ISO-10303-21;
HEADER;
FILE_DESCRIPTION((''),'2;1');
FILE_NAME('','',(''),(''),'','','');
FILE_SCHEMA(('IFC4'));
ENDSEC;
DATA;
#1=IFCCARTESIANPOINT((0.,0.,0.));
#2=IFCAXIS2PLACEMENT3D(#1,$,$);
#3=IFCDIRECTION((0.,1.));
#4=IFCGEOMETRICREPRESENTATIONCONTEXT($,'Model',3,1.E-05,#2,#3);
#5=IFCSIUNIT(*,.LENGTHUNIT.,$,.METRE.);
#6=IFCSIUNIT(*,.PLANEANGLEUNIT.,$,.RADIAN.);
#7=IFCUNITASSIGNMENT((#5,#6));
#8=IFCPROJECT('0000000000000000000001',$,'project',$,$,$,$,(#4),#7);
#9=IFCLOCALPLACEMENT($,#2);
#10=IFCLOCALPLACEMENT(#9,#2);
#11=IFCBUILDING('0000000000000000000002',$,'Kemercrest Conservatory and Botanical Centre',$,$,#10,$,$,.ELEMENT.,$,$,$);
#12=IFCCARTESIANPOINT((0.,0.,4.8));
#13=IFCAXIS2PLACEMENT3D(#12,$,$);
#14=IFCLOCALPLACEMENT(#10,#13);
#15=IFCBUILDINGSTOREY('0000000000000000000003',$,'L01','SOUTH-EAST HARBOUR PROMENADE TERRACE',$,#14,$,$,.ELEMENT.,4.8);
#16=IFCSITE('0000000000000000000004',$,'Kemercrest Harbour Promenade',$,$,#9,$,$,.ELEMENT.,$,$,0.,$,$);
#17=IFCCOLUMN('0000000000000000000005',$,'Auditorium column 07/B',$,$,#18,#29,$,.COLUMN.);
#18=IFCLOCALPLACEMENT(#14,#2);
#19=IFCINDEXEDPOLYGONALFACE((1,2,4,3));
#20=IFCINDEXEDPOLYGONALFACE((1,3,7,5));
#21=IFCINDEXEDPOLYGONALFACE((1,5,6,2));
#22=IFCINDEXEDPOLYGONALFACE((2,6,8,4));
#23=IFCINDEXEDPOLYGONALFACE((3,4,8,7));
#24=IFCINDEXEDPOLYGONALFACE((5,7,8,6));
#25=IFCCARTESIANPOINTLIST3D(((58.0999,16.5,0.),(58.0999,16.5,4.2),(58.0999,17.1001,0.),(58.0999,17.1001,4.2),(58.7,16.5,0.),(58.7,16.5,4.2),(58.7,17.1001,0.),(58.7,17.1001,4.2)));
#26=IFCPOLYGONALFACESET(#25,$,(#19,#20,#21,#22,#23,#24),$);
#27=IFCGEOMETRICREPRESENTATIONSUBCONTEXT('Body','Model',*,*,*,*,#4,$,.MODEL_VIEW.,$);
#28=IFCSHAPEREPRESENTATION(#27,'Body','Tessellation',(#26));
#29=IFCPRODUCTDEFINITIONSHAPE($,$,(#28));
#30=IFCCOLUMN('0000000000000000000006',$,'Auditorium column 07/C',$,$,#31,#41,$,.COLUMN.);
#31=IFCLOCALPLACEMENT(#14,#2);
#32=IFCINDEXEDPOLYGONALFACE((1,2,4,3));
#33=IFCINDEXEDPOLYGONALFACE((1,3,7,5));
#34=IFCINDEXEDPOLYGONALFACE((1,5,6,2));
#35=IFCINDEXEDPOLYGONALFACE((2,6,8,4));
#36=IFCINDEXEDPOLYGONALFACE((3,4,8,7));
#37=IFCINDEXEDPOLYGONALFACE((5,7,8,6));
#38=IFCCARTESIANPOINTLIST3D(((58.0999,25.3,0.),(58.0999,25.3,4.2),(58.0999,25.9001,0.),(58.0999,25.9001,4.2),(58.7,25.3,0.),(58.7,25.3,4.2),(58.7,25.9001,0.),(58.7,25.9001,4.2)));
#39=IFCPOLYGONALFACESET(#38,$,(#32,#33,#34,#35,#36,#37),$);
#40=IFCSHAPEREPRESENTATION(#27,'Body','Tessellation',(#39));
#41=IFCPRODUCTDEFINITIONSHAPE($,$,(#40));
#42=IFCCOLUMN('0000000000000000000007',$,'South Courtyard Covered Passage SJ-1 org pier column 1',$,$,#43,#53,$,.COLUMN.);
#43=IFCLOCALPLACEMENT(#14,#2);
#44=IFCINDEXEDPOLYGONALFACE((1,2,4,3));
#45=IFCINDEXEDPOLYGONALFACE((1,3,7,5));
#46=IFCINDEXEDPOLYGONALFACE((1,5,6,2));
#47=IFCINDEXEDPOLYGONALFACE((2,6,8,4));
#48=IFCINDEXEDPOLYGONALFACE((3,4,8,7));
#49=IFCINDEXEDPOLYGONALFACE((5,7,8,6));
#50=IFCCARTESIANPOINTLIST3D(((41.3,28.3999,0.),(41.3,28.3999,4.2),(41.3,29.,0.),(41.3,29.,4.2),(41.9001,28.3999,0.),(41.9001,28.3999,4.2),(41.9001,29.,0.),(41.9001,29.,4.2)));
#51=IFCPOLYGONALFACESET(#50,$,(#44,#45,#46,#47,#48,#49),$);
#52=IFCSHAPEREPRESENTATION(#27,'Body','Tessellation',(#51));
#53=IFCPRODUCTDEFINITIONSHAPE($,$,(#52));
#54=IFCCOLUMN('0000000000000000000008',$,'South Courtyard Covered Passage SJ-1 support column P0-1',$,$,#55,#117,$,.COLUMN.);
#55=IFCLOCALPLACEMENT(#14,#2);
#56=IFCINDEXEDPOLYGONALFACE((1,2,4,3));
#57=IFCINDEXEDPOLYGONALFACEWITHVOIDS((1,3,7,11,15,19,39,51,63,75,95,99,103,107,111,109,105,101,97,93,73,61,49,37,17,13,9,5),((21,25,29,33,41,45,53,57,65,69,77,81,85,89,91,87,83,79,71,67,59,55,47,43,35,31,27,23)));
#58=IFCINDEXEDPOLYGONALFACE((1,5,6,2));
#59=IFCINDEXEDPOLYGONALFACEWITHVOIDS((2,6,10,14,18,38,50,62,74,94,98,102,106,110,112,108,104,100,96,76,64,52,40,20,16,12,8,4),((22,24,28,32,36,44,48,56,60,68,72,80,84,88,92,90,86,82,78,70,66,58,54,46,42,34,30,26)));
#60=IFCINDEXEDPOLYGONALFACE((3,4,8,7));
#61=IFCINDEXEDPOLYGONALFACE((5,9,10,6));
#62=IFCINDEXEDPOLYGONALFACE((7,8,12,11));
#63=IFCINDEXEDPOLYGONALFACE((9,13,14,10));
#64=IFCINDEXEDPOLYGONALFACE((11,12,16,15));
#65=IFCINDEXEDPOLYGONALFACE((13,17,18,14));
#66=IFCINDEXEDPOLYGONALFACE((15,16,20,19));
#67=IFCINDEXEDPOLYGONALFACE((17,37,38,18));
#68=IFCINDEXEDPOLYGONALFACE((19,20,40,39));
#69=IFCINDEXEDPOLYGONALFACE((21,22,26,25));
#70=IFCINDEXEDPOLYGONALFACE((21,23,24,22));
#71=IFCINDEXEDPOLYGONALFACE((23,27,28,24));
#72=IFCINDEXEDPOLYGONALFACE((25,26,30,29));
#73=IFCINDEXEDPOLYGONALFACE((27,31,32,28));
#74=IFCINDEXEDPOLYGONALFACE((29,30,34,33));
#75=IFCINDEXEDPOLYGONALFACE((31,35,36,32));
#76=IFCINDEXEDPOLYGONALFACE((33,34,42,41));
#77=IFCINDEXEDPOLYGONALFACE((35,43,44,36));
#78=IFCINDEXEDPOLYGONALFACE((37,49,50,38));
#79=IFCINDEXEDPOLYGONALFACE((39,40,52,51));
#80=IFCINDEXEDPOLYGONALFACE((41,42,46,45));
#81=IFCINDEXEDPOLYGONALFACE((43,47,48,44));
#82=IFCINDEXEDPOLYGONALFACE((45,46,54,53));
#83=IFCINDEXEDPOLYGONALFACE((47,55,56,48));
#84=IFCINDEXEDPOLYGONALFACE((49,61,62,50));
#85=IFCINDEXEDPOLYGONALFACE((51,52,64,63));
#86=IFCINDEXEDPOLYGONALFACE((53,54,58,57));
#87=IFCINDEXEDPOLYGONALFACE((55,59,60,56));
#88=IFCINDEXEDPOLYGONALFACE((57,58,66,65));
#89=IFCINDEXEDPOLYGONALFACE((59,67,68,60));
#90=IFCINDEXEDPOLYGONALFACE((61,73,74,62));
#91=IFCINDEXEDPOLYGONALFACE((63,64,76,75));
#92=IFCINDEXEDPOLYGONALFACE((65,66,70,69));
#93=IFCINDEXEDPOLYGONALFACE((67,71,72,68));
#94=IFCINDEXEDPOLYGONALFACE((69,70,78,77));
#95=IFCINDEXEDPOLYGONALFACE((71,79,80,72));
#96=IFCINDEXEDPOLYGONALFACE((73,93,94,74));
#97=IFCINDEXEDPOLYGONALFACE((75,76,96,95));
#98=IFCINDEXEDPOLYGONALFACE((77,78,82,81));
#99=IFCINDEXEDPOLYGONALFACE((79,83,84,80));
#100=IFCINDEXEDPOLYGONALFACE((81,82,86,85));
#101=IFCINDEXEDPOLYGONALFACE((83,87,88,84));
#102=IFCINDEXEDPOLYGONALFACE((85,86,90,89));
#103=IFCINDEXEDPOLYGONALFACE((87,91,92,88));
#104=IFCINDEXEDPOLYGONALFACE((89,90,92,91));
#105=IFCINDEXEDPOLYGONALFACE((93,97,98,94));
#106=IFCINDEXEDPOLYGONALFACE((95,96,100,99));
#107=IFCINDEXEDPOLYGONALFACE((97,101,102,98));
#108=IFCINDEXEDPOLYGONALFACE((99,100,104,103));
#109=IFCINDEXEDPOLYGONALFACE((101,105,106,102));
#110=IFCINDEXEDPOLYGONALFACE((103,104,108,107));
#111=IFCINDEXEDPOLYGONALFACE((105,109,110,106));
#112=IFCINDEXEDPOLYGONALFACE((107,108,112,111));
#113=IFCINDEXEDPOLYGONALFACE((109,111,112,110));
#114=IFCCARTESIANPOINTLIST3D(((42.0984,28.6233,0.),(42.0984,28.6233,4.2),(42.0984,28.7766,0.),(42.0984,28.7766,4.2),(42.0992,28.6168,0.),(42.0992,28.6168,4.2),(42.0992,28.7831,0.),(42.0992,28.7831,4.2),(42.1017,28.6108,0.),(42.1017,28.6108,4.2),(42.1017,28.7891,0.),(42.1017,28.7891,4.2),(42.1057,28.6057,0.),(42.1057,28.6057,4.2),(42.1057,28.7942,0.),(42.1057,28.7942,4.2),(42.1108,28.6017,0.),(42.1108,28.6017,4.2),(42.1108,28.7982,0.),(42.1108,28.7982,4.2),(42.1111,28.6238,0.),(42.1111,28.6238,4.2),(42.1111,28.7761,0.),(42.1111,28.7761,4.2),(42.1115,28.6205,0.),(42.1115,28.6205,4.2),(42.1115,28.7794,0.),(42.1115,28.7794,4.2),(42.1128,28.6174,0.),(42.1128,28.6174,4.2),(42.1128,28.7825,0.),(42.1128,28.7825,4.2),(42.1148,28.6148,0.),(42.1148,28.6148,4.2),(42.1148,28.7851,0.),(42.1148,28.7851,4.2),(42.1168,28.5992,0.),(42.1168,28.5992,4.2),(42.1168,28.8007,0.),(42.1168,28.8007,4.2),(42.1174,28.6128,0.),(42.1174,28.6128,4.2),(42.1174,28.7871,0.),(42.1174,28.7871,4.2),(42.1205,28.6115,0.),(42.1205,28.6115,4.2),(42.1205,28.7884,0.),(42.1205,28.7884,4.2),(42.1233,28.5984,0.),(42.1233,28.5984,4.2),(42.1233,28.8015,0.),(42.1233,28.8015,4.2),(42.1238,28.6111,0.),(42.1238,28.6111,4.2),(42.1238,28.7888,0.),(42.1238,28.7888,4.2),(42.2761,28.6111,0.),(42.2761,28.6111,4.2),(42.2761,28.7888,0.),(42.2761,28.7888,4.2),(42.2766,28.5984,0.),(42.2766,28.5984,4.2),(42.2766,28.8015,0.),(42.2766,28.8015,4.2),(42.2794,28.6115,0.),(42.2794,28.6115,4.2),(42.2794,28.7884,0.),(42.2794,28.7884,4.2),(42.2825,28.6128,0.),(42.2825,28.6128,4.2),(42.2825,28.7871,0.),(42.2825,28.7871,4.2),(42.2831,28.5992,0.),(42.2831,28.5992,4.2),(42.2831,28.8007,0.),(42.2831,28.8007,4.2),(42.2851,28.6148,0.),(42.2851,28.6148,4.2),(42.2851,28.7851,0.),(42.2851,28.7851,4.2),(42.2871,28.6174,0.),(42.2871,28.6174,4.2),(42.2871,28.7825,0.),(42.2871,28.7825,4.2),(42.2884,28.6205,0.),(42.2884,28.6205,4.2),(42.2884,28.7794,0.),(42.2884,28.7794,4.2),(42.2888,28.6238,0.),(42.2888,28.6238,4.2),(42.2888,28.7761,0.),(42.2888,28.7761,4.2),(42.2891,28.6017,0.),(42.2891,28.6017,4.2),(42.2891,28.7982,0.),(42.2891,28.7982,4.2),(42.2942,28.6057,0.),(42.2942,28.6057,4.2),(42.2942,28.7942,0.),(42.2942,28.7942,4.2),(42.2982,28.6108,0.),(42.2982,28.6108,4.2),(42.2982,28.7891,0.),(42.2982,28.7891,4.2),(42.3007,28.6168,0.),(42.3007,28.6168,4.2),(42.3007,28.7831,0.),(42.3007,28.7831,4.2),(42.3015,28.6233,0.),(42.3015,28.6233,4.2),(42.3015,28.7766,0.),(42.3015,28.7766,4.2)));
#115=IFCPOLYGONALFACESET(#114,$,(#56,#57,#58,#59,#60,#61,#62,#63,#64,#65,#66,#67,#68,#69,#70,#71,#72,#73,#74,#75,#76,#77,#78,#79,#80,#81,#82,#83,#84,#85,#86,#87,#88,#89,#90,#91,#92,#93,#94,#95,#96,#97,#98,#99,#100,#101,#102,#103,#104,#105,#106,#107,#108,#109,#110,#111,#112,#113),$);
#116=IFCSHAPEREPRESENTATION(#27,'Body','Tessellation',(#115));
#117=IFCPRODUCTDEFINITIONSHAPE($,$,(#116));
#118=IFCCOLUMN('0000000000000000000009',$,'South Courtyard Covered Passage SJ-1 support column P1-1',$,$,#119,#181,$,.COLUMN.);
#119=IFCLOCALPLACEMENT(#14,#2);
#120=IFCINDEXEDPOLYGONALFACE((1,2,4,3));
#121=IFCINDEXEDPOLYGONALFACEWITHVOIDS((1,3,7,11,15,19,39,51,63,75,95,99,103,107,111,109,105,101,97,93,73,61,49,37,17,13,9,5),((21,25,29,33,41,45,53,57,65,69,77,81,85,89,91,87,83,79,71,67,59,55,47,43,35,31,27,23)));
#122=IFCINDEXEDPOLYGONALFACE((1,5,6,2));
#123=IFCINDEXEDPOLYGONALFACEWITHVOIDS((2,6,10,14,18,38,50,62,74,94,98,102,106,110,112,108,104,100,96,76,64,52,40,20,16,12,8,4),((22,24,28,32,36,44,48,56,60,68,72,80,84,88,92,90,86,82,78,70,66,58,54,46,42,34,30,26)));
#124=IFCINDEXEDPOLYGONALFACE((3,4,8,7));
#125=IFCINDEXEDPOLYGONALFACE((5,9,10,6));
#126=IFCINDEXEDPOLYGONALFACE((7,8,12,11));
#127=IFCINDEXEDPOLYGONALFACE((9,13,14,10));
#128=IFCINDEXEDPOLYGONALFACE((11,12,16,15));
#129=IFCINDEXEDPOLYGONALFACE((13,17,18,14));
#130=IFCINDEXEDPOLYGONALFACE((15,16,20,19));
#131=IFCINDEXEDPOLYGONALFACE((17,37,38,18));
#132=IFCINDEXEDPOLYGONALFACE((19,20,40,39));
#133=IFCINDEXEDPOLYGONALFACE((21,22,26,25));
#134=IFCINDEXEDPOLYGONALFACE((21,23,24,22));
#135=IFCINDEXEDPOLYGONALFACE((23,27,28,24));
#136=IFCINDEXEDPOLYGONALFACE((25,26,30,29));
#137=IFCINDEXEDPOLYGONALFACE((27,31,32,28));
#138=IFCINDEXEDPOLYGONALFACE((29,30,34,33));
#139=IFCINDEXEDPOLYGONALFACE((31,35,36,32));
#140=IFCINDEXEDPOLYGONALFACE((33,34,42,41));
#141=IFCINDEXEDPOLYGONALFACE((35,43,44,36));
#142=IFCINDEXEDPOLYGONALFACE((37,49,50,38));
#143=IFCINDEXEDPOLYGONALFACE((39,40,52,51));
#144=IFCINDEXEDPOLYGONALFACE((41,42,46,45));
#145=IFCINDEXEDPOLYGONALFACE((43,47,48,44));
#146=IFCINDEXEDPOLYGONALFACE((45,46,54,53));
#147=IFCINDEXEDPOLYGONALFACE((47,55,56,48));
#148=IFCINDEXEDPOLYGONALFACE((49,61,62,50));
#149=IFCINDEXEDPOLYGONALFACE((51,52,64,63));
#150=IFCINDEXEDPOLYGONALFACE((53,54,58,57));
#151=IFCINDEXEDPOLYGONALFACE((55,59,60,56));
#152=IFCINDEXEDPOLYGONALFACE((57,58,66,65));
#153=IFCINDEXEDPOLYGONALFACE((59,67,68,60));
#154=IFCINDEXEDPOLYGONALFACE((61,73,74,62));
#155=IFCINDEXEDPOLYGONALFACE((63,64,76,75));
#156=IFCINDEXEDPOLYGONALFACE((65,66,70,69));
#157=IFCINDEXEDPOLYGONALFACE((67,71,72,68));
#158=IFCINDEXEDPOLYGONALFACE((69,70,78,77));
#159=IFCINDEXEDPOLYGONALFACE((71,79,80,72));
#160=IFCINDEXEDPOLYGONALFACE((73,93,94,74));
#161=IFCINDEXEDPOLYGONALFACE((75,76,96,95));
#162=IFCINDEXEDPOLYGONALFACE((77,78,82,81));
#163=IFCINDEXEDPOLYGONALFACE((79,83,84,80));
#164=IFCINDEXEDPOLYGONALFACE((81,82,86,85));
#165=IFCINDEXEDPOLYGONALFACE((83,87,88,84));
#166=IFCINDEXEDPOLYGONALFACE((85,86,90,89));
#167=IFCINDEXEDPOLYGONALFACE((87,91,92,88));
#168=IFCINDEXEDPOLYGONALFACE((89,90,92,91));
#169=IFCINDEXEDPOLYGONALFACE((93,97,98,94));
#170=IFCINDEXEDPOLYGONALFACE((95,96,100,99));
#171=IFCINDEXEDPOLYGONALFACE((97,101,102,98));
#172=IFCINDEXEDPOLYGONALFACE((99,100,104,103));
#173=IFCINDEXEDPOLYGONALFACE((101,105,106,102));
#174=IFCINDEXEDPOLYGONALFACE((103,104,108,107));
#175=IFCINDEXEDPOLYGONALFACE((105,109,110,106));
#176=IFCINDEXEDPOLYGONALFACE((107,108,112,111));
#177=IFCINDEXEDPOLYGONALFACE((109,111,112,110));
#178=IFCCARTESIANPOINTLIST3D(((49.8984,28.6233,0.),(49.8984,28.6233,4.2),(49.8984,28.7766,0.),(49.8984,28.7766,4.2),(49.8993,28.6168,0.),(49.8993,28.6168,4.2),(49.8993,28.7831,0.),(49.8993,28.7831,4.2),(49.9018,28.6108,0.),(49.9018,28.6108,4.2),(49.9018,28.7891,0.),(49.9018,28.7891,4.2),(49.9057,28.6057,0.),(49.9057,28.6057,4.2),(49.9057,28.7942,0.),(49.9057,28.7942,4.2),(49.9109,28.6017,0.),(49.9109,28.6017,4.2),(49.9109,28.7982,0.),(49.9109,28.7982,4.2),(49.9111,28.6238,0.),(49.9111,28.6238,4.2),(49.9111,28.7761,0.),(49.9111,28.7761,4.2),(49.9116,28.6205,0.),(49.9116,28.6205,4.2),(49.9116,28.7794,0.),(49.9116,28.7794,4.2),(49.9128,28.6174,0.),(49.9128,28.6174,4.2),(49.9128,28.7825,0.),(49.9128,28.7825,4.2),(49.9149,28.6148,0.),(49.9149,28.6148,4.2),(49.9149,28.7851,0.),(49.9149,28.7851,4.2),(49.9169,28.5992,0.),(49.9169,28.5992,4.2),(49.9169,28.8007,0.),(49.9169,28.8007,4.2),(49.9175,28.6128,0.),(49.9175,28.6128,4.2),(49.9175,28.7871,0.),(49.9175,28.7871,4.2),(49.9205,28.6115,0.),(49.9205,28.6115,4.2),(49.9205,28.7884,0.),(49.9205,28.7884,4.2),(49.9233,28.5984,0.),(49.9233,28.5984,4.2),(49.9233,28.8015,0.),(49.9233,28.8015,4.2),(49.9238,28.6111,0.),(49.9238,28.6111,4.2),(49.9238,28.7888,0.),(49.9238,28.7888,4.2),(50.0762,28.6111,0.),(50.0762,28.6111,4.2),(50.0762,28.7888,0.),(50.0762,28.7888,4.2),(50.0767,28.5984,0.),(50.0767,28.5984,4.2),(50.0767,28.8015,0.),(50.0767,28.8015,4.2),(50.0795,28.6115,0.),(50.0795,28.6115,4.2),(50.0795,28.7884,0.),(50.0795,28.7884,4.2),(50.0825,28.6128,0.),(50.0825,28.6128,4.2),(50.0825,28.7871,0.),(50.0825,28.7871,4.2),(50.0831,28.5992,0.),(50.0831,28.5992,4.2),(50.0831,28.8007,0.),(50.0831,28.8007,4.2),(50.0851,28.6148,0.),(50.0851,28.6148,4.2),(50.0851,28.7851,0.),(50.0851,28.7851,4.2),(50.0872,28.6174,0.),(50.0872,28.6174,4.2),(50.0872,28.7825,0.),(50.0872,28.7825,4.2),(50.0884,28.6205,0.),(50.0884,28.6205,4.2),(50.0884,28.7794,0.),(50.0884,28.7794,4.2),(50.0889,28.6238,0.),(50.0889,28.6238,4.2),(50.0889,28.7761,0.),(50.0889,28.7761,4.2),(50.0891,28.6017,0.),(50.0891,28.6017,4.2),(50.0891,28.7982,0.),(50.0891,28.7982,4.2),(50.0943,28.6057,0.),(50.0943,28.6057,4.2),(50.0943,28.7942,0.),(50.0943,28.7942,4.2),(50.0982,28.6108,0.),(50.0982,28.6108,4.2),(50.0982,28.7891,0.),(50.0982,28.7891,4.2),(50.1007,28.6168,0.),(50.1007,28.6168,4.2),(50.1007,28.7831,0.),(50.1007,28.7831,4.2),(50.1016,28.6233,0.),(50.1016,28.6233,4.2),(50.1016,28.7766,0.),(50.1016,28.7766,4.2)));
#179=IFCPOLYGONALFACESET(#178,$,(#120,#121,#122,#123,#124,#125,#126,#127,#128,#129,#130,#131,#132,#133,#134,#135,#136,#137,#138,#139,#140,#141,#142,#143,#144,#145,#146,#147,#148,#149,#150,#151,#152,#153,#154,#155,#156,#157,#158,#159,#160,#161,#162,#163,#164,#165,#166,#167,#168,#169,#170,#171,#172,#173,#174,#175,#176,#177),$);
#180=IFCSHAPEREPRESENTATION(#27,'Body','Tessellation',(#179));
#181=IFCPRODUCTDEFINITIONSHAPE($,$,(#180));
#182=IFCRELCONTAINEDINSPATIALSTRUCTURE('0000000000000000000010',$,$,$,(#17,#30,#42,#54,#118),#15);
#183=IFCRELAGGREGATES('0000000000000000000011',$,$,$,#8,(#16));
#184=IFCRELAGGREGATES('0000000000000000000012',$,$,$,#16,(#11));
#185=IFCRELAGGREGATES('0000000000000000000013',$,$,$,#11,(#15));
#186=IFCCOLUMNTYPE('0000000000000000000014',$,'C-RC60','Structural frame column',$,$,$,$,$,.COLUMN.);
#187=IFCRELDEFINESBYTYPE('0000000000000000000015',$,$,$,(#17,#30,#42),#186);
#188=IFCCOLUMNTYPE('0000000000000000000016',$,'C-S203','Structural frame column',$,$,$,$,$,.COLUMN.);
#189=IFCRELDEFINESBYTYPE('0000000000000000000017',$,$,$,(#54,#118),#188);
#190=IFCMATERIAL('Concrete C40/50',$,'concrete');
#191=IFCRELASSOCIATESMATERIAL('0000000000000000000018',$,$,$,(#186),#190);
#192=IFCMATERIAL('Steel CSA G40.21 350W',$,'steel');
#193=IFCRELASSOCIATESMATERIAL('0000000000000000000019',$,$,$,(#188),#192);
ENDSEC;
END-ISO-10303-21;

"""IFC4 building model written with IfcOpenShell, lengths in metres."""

from ifc_helpers import new_model, si_unit, direction, frame, origin, origin_2d, place, context, subcontext, project, spatial, rectangle, hollow_rectangle, extrude, material, material_profile, profile_set, type_object, element, save


model = new_model("IFC4")

# Units and contexts
model_context = context("Model", 3, precision=1e-05, world=origin(), true_north=direction((0.0, 1.0)))
body_context = subcontext(model_context, "Body", "Model", "MODEL_VIEW")
ifc_project = project(units=[si_unit("LENGTHUNIT", "METRE"), si_unit("PLANEANGLEUNIT", "RADIAN")], contexts=[model_context])

# Site, building, storey
site_placement = place(None, origin())
site = spatial("IfcSite", under=ifc_project, at=site_placement, Name="Kemercrest Harbour Promenade", CompositionType="ELEMENT", RefElevation=0.0)
building_placement = place(site_placement, origin())
building = spatial("IfcBuilding", under=site, at=building_placement, Name="Kemercrest Conservatory and Botanical Centre", CompositionType="ELEMENT")
storey_placement = place(building_placement, frame((0.0, 0.0, 4.8)))
storey = spatial("IfcBuildingStorey", under=building, at=storey_placement, Name="L01", Description="SOUTH-EAST HARBOUR PROMENADE TERRACE", CompositionType="ELEMENT", Elevation=4.8)

# Columns
ifc_material_1 = material(Name="Concrete C40/50", Category="concrete")
ifc_material_profile_1 = material_profile(ifc_material_1, rectangle(XDim=0.6001, YDim=0.6001, at=origin_2d()), Name="RC 600x600")
ifc_profile_set_1 = profile_set([ifc_material_profile_1], Name="Concrete C40/50")
column_type_1 = type_object("IfcColumnType", Name="C-RC60", Description="Structural frame column", PredefinedType="COLUMN", material=ifc_profile_set_1)
for number, where, z_axis, x_axis, name in (
    (1, (58.3999, 16.8, 0.0), (0.0, 0.0, 1.0), (1.0, 0.0, 0.0), "Auditorium column 07/B"),
    (2, (58.3999, 25.6001, 0.0), (0.0, 0.0, 1.0), (1.0, 0.0, 0.0), "Auditorium column 07/C"),
    (3, (41.6001, 28.7, 0.0), (0.0, 0.0, 1.0), (1.0, 0.0, 0.0), "South Courtyard Covered Passage SJ-1 org pier column 1"),
):
    element("IfcColumn", number, at=place(storey_placement, frame(where, z_axis=z_axis, x_axis=x_axis)), inside=storey, type_object=column_type_1, Name=name, PredefinedType="COLUMN", context=body_context, shape_type="SweptSolid", body=[
        extrude(rectangle(XDim=0.6001, YDim=0.6001, at=origin_2d()), origin(), (0.0, 0.0, 1.0), 4.2),
    ])
ifc_material_2 = material(Name="Steel CSA G40.21 350W", Category="steel")
ifc_material_profile_2 = material_profile(ifc_material_2, hollow_rectangle(XDim=0.2031, YDim=0.2031, WallThickness=0.0127, InnerFilletRadius=0.0127, OuterFilletRadius=0.0249, at=origin_2d()), Name="HSS 203x203x12.7")
ifc_profile_set_2 = profile_set([ifc_material_profile_2], Name="Steel CSA G40.21 350W")
column_type_2 = type_object("IfcColumnType", Name="C-S203", Description="Structural frame column", PredefinedType="COLUMN", material=ifc_profile_set_2)
for number, where, z_axis, x_axis, name in (
    (4, (42.2, 28.7, 0.0), (0.0, 0.0, 1.0), (1.0, 0.0, 0.0), "South Courtyard Covered Passage SJ-1 support column P0-1"),
    (5, (50.0, 28.7, 0.0), (0.0, 0.0, 1.0), (1.0, 0.0, 0.0), "South Courtyard Covered Passage SJ-1 support column P1-1"),
):
    element("IfcColumn", number, at=place(storey_placement, frame(where, z_axis=z_axis, x_axis=x_axis)), inside=storey, type_object=column_type_2, Name=name, PredefinedType="COLUMN", context=body_context, shape_type="SweptSolid", body=[
        extrude(hollow_rectangle(XDim=0.2031, YDim=0.2031, WallThickness=0.0127, InnerFilletRadius=0.0127, OuterFilletRadius=0.0249, at=origin_2d()), origin(), (0.0, 0.0, 1.0), 4.2),
    ])

save(model, "model.ifc")
